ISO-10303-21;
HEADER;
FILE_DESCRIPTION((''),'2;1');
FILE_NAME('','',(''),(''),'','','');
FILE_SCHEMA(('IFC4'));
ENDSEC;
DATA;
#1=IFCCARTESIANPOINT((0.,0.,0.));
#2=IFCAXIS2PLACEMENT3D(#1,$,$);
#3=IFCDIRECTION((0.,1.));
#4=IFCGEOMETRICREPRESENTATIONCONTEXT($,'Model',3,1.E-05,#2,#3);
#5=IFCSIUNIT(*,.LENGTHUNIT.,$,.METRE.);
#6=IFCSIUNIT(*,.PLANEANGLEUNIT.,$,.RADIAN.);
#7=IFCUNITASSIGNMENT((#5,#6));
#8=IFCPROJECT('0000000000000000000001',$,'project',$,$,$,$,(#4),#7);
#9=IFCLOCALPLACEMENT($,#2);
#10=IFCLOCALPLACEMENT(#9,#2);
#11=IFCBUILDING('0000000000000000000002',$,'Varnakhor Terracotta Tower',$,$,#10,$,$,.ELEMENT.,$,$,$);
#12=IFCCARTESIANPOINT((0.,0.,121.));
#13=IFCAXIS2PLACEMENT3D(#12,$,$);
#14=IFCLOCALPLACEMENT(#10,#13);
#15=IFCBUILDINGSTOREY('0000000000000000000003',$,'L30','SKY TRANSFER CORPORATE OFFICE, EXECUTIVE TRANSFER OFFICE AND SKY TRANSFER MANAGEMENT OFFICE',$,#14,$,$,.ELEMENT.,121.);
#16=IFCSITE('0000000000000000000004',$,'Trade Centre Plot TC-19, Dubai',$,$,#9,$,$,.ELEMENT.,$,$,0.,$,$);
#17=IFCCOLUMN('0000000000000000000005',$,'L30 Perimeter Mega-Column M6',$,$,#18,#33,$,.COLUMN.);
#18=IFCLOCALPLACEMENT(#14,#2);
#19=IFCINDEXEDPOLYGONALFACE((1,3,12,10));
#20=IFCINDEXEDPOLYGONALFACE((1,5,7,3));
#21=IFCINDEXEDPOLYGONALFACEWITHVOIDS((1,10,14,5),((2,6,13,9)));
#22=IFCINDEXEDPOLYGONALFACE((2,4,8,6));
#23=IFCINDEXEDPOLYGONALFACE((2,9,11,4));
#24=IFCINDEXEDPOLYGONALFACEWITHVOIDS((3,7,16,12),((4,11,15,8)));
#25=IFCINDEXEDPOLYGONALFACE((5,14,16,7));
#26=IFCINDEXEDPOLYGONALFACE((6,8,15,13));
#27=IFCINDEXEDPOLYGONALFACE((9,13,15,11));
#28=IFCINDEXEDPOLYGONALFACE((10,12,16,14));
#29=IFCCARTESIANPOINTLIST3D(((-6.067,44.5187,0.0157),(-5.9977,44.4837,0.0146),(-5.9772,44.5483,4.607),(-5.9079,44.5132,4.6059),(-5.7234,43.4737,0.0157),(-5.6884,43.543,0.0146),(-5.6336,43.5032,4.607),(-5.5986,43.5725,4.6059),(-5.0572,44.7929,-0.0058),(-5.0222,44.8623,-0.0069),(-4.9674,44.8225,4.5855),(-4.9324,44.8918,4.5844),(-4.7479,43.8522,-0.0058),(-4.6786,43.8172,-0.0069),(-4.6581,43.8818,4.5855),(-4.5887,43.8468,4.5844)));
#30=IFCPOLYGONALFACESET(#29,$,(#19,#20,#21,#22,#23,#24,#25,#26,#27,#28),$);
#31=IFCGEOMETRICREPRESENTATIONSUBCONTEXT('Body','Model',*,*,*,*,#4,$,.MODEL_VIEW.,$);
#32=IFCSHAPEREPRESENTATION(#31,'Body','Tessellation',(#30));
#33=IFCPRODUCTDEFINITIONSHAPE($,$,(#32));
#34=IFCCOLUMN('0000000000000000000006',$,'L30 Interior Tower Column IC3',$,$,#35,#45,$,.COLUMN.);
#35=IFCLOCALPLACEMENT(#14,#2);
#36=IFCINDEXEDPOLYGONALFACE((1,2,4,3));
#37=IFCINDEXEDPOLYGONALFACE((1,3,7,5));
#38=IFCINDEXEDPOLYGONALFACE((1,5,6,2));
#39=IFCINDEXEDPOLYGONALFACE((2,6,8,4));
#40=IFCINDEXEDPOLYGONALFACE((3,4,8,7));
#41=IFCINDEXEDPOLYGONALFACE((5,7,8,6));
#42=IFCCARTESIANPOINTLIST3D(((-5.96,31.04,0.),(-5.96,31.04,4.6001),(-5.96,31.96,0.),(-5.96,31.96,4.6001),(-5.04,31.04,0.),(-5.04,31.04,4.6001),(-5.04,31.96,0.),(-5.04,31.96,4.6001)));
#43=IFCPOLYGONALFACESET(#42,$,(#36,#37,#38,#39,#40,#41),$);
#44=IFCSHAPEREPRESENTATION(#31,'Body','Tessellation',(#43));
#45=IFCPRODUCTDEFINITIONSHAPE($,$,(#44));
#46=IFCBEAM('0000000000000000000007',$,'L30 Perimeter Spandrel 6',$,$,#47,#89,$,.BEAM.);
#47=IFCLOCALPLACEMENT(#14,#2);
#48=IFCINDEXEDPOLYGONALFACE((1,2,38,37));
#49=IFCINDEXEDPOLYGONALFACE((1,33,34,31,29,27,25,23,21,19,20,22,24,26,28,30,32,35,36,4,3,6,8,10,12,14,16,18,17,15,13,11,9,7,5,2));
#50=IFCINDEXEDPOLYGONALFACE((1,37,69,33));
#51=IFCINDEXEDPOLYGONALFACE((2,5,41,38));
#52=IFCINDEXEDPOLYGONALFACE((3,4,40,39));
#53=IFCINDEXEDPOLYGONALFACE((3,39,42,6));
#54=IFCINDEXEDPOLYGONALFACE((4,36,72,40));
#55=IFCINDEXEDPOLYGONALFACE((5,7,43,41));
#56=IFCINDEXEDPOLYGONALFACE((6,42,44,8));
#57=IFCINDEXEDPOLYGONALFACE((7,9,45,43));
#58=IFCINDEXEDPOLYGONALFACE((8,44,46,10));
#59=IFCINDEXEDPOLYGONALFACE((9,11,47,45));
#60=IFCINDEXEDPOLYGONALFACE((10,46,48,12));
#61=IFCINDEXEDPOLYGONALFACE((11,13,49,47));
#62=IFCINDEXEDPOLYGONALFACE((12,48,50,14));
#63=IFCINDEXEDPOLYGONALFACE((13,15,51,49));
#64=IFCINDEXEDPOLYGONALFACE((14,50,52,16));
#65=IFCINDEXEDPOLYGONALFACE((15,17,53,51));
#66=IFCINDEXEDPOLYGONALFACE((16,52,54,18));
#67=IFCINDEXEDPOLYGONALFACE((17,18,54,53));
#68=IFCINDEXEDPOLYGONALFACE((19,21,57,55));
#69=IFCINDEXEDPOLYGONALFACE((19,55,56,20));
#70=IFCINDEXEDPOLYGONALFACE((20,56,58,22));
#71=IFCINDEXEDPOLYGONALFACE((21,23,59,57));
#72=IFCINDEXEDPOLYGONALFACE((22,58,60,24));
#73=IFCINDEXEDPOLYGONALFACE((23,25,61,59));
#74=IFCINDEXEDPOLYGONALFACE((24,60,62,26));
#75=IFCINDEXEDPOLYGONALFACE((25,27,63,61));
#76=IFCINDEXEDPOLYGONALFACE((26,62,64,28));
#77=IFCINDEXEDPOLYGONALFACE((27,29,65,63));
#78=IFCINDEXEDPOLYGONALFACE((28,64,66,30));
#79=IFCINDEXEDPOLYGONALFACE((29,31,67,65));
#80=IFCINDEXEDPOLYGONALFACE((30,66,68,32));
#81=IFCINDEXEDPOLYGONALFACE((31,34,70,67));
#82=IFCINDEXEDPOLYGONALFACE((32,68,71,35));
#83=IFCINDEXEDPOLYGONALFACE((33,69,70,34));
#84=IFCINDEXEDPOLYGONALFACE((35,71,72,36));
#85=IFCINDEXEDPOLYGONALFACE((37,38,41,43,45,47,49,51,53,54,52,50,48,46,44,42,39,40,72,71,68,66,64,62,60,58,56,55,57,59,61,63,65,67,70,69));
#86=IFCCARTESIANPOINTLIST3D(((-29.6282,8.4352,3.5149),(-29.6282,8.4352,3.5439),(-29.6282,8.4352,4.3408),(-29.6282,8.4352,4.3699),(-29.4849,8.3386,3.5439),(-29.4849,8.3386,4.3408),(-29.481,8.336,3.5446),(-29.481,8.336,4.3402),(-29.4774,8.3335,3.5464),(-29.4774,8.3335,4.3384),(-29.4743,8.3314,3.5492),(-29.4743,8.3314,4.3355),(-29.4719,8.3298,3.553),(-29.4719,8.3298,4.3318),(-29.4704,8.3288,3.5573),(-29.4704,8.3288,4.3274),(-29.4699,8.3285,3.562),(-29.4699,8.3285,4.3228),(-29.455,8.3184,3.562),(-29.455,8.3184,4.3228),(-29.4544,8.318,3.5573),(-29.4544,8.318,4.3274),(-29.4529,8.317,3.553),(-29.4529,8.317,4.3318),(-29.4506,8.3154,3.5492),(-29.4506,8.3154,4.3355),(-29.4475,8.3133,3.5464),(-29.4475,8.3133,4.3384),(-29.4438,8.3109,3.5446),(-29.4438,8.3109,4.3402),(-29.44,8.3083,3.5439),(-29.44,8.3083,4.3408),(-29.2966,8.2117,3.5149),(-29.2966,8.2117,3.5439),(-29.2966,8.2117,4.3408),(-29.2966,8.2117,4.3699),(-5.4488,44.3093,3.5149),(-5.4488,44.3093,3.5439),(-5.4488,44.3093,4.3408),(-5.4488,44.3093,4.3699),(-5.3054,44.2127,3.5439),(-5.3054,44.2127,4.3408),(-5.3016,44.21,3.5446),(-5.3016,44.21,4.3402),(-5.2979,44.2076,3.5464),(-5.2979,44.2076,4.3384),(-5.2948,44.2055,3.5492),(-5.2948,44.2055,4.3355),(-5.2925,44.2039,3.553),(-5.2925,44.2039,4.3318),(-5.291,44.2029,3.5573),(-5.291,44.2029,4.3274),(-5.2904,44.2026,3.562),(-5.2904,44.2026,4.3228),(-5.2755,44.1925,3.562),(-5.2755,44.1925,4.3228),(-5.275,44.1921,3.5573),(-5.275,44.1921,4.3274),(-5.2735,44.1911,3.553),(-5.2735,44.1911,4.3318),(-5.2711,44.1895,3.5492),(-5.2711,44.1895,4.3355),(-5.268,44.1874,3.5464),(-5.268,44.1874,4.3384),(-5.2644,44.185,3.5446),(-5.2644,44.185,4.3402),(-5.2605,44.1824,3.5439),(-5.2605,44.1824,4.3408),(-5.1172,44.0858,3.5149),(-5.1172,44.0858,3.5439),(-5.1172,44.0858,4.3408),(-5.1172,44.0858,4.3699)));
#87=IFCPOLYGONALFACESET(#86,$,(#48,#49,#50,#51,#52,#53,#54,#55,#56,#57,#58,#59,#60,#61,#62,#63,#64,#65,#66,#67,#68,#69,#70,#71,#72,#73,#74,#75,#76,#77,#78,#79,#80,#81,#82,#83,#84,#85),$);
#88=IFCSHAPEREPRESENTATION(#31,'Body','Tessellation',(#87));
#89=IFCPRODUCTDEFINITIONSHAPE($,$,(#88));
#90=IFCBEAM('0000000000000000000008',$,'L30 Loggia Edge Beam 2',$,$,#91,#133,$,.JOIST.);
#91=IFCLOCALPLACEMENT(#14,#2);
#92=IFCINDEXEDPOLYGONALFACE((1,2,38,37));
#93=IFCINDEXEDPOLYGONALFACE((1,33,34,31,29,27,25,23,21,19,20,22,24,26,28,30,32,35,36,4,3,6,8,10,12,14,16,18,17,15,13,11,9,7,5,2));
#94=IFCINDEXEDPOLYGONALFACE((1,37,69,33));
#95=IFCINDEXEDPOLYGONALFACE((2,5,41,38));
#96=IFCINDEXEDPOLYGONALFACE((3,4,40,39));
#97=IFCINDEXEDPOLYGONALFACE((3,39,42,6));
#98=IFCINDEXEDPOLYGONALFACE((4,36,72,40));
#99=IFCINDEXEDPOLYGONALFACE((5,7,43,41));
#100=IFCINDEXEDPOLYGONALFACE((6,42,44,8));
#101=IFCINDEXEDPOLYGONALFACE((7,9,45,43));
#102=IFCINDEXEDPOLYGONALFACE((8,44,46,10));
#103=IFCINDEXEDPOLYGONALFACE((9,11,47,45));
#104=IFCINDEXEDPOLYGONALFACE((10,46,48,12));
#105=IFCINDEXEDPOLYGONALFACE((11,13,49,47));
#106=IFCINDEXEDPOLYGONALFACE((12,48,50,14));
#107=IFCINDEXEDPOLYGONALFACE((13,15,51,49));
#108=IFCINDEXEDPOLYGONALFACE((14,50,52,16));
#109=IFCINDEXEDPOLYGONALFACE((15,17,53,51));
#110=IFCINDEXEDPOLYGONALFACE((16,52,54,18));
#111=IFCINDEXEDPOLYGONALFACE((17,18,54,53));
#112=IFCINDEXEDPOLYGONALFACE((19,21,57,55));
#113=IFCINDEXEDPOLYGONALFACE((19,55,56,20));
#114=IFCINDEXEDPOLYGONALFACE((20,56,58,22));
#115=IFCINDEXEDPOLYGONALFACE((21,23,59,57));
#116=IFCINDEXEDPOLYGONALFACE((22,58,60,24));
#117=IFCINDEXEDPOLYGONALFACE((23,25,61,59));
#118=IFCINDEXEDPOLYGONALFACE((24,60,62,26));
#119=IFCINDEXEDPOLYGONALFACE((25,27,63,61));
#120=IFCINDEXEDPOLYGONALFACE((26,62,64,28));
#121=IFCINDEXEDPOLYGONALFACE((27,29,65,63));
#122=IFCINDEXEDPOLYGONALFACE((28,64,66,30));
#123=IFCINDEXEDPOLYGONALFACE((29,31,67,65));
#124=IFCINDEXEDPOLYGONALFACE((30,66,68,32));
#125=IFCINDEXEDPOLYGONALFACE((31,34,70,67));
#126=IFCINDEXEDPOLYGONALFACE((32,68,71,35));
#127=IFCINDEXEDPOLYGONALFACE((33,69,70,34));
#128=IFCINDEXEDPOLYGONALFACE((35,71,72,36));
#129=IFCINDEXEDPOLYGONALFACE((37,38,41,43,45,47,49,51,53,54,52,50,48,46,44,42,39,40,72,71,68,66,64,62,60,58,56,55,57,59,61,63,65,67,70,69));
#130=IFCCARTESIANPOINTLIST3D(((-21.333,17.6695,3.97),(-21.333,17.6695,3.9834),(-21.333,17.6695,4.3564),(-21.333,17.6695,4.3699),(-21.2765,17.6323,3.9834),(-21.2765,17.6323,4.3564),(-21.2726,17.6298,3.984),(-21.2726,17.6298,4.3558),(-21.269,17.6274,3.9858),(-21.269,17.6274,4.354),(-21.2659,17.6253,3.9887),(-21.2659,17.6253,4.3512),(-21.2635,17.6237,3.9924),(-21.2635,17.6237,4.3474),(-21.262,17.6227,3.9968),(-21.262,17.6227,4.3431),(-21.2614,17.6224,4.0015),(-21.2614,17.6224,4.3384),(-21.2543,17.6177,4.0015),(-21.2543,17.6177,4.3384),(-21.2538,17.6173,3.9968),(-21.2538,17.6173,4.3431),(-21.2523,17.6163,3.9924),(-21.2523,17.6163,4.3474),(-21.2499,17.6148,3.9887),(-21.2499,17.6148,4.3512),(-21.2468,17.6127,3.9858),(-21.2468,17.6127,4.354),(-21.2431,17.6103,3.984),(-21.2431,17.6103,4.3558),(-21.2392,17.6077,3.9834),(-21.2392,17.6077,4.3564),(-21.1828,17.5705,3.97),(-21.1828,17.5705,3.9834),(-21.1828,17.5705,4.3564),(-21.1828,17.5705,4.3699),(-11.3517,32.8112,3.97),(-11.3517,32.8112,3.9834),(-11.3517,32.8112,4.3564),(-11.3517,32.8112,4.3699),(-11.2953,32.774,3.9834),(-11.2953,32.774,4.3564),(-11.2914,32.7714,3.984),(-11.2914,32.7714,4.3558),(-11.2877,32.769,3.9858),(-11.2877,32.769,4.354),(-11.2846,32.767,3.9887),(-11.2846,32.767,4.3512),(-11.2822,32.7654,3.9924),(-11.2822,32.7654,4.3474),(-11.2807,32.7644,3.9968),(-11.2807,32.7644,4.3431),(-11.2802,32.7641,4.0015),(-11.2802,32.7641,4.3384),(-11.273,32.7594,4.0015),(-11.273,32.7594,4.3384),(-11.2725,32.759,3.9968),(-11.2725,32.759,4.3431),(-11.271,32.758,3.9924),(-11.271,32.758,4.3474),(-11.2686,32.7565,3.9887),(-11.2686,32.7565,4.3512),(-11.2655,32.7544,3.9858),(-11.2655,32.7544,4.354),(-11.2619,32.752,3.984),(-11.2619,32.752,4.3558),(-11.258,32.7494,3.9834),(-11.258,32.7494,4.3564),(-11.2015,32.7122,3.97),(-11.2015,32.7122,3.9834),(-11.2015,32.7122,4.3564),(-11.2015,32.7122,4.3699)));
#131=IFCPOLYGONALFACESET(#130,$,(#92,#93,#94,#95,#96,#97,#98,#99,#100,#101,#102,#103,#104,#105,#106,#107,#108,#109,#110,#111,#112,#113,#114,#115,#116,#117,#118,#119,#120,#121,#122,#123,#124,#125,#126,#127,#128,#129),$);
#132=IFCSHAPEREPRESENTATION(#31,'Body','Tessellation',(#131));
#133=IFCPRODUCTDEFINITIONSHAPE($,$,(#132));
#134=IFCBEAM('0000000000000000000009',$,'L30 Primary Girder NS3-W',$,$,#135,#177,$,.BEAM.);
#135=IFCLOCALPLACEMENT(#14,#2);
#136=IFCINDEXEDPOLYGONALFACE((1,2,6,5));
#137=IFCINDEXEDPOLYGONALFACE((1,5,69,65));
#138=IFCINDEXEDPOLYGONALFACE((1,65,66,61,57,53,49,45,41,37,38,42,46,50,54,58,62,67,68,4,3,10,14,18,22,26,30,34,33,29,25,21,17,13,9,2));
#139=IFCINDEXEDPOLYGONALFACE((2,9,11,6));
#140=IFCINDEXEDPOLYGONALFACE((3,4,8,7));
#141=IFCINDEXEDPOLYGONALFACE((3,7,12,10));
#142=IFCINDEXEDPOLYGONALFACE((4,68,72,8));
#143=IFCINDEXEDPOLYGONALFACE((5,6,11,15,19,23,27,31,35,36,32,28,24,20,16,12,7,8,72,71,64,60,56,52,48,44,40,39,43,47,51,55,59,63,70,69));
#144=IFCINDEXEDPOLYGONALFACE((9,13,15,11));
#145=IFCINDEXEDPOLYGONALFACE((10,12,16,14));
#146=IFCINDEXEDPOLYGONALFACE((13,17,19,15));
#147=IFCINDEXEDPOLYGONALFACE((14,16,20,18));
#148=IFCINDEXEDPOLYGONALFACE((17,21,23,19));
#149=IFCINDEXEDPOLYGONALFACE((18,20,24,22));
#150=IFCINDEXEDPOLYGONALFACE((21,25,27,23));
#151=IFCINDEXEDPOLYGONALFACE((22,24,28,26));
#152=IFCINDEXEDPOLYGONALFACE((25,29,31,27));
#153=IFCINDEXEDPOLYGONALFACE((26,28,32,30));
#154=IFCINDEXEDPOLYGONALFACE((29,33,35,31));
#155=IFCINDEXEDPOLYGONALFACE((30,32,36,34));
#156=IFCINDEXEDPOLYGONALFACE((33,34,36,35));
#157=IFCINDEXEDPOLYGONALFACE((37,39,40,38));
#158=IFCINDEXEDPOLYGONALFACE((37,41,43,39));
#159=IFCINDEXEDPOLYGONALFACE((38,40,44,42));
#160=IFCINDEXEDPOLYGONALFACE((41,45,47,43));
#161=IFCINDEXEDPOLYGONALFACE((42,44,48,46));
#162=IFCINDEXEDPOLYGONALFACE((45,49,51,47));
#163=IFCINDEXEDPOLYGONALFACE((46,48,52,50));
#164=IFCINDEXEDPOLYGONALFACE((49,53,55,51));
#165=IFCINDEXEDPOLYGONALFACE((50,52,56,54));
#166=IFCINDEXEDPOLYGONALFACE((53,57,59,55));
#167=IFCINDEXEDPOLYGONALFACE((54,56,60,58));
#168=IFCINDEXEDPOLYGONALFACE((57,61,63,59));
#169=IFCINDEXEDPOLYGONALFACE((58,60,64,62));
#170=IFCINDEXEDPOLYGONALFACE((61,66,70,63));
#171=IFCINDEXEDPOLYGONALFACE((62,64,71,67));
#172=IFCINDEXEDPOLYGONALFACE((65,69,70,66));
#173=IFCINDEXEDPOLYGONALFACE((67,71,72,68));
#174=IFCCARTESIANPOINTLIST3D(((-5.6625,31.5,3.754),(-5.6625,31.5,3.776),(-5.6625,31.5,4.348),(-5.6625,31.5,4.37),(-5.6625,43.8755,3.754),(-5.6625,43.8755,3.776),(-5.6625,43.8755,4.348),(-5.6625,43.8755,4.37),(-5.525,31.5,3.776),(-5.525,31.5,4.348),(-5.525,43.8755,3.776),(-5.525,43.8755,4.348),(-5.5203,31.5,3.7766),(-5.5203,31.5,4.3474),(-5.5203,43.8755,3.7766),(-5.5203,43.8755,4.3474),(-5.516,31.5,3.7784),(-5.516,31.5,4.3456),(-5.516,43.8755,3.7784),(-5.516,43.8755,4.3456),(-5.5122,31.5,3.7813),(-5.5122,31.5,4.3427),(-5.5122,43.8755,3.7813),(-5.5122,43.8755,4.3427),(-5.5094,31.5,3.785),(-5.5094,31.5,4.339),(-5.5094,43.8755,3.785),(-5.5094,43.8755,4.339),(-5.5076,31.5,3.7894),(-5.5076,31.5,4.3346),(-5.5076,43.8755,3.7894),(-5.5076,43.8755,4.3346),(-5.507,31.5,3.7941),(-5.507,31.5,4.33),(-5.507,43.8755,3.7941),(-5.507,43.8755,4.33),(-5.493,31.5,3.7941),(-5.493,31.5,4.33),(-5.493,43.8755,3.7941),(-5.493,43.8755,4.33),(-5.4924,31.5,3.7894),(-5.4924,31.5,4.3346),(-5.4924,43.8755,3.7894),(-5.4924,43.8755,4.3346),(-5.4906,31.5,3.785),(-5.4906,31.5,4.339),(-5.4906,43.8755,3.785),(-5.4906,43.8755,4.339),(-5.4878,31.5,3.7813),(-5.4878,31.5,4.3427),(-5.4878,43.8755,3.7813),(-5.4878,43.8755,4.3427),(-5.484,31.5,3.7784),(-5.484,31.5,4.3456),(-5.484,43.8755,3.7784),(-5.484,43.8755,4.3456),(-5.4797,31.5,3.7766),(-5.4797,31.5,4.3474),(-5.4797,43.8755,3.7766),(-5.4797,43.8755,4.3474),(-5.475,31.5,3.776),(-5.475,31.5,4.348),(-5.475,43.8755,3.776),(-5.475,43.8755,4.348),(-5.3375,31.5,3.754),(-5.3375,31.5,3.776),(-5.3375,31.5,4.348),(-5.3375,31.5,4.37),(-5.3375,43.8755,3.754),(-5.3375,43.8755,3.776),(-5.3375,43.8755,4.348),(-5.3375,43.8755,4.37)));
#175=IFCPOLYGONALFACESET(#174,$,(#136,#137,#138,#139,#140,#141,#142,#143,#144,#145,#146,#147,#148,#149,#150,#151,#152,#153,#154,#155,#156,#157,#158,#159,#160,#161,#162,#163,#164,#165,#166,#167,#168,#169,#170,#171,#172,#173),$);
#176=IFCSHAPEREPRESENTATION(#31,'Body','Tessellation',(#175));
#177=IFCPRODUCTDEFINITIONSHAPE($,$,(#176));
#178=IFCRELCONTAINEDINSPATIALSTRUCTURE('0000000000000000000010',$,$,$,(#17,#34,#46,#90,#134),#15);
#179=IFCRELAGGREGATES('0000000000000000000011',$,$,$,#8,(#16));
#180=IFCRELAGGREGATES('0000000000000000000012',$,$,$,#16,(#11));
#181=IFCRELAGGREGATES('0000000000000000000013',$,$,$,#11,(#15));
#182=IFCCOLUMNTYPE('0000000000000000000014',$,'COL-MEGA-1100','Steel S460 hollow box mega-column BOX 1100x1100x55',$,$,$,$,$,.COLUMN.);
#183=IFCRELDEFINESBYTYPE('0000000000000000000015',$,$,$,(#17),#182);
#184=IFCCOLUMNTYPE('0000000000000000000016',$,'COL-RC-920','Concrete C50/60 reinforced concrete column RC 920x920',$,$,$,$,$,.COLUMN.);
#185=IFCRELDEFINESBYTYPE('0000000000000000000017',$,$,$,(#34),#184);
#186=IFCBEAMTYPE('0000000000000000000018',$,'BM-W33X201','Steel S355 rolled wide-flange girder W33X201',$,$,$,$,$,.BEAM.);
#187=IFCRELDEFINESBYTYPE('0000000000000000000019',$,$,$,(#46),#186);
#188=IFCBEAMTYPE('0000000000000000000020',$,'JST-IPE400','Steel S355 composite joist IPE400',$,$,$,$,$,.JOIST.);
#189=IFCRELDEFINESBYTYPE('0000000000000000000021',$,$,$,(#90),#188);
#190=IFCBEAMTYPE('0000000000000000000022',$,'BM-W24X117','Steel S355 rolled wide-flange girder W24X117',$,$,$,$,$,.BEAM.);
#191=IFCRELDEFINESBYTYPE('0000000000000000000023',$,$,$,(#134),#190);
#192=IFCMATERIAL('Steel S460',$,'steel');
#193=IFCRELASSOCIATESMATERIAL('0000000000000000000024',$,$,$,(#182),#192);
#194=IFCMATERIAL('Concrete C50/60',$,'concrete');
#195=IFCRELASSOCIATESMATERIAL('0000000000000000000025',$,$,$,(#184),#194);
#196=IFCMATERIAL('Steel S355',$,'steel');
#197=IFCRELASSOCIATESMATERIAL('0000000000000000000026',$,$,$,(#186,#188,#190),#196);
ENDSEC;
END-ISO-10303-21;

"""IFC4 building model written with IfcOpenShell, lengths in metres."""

from ifc_helpers import new_model, si_unit, direction, frame, origin, origin_2d, place, context, subcontext, project, spatial, rectangle, hollow_rectangle, i_section, extrude, source, transform, mapped, material, material_profile, profile_set, type_object, type_shapes, element, save


model = new_model("IFC4")

# Units and contexts
model_context = context("Model", 3, precision=1e-05, world=origin(), true_north=direction((0.0, 1.0)))
body_context = subcontext(model_context, "Body", "Model", "MODEL_VIEW")
ifc_project = project(units=[si_unit("LENGTHUNIT", "METRE"), si_unit("PLANEANGLEUNIT", "RADIAN")], contexts=[model_context])

# Site, building, storey
site_placement = place(None, origin())
site = spatial("IfcSite", under=ifc_project, at=site_placement, Name="Trade Centre Plot TC-19, Dubai", CompositionType="ELEMENT", RefElevation=0.0)
building_placement = place(site_placement, origin())
building = spatial("IfcBuilding", under=site, at=building_placement, Name="Varnakhor Terracotta Tower", CompositionType="ELEMENT")
storey_placement = place(building_placement, frame((0.0, 0.0, 121.0)))
storey = spatial("IfcBuildingStorey", under=building, at=storey_placement, Name="L30", Description="SKY TRANSFER CORPORATE OFFICE, EXECUTIVE TRANSFER OFFICE AND SKY TRANSFER MANAGEMENT OFFICE", CompositionType="ELEMENT", Elevation=121.0)

# Columns
ifc_material_1 = material(Name="Steel S460", Category="steel")
ifc_material_profile_1 = material_profile(ifc_material_1, hollow_rectangle(XDim=1.1001, YDim=1.1001, WallThickness=0.0549, at=origin_2d()), Name="BOX 1100x1100x55")
ifc_profile_set_1 = profile_set([ifc_material_profile_1], Name="Steel S460")
column_type_1 = type_object("IfcColumnType", Name="COL-MEGA-1100", Description="Steel S460 hollow box mega-column BOX 1100x1100x55", PredefinedType="COLUMN", material=ifc_profile_set_1)
shared_shape_1 = source(origin(), body_context, "Body", "SweptSolid", [
    extrude(hollow_rectangle(XDim=1.1001, YDim=1.1001, WallThickness=0.0549, at=origin_2d()), origin(), (0.0, 0.0, 1.0), 4.5923),
])
column_1_placement = place(storey_placement, frame((-5.3728, 44.168, 0.0044), z_axis=(0.019564, 0.006433, 0.999788), x_axis=(-0.312353, 0.949966, 0.0)))
element("IfcColumn", 1, at=column_1_placement, inside=storey, type_object=column_type_1, Name="L30 Perimeter Mega-Column M6", PredefinedType="COLUMN", context=body_context, shape_type="MappedRepresentation", body=[
    mapped(shared_shape_1, transform((0.0, 0.0, 0.0), scale=1.0)),
])
ifc_material_2 = material(Name="Concrete C50/60", Category="concrete")
ifc_material_profile_2 = material_profile(ifc_material_2, rectangle(XDim=0.9199, YDim=0.9199, at=origin_2d()), Name="RC 920x920")
ifc_profile_set_2 = profile_set([ifc_material_profile_2], Name="Concrete C50/60")
column_type_2 = type_object("IfcColumnType", Name="COL-RC-920", Description="Concrete C50/60 reinforced concrete column RC 920x920", PredefinedType="COLUMN", material=ifc_profile_set_2)
shared_shape_2 = source(origin(), body_context, "Body", "SweptSolid", [
    extrude(rectangle(XDim=0.9199, YDim=0.9199, at=origin_2d()), origin(), (0.0, 0.0, 1.0), 4.6001),
])
type_shapes(column_type_2, [shared_shape_2])
column_2_placement = place(storey_placement, frame((-5.5, 31.5, 0.0), z_axis=(0.0, 0.0, 1.0), x_axis=(1.0, 0.0, 0.0)))
element("IfcColumn", 2, at=column_2_placement, inside=storey, type_object=column_type_2, Name="L30 Interior Tower Column IC3", PredefinedType="COLUMN", context=body_context, shape_type="MappedRepresentation", body=[
    mapped(shared_shape_2, transform((0.0, 0.0, 0.0), scale=1.0)),
])

# Beams
ifc_material_3 = material(Name="Steel S355", Category="steel")
ifc_material_profile_3 = material_profile(ifc_material_3, i_section(OverallWidth=0.3999, OverallDepth=0.855, WebThickness=0.0181, FlangeThickness=0.0291, FilletRadius=0.0181, at=origin_2d()), Name="W33X201")
ifc_profile_set_3 = profile_set([ifc_material_profile_3], Name="Steel S355")
beam_type_1 = type_object("IfcBeamType", Name="BM-W33X201", Description="Steel S355 rolled wide-flange girder W33X201", PredefinedType="BEAM", material=ifc_profile_set_3)
shared_shape_3 = source(origin(), body_context, "Body", "SweptSolid", [
    extrude(i_section(OverallWidth=0.3999, OverallDepth=0.855, WebThickness=0.0181, FlangeThickness=0.0291, FilletRadius=0.0181, at=origin_2d()), origin(), (0.0, 0.0, 1.0), 43.262),
])
beam_1_placement = place(storey_placement, frame((-5.283, 44.1975, 3.9424), z_axis=(-0.558909, -0.829229, 0.0), x_axis=(0.829229, -0.558909, 0.0)))
element("IfcBeam", 3, at=beam_1_placement, inside=storey, type_object=beam_type_1, Name="L30 Perimeter Spandrel 6", PredefinedType="BEAM", context=body_context, shape_type="MappedRepresentation", body=[
    mapped(shared_shape_3, transform((0.0, 0.0, 0.0), scale=1.0)),
])
ifc_material_profile_4 = material_profile(ifc_material_3, i_section(OverallWidth=0.1799, OverallDepth=0.3999, WebThickness=0.0085, FlangeThickness=0.0134, FilletRadius=0.0181, at=origin_2d()), Name="IPE400")
ifc_profile_set_4 = profile_set([ifc_material_profile_4], Name="Steel S355")
beam_type_2 = type_object("IfcBeamType", Name="JST-IPE400", Description="Steel S355 composite joist IPE400", PredefinedType="JOIST", material=ifc_profile_set_4)
shared_shape_4 = source(origin(), body_context, "Body", "SweptSolid", [
    extrude(i_section(OverallWidth=0.1799, OverallDepth=0.3999, WebThickness=0.0085, FlangeThickness=0.0134, FilletRadius=0.0181, at=origin_2d()), origin(), (0.0, 0.0, 1.0), 18.1355),
])
beam_2_placement = place(storey_placement, frame((-11.2766, 32.7617, 4.1699), z_axis=(-0.550371, -0.83492, 0.0), x_axis=(0.83492, -0.550371, 0.0)))
element("IfcBeam", 4, at=beam_2_placement, inside=storey, type_object=beam_type_2, Name="L30 Loggia Edge Beam 2", PredefinedType="JOIST", context=body_context, shape_type="MappedRepresentation", body=[
    mapped(shared_shape_4, transform((0.0, 0.0, 0.0), scale=1.0)),
])
ifc_material_profile_5 = material_profile(ifc_material_3, i_section(OverallWidth=0.325, OverallDepth=0.616, WebThickness=0.0139, FlangeThickness=0.022, FilletRadius=0.0181, at=origin_2d()), Name="W24X117")
ifc_profile_set_5 = profile_set([ifc_material_profile_5], Name="Steel S355")
beam_type_3 = type_object("IfcBeamType", Name="BM-W24X117", Description="Steel S355 rolled wide-flange girder W24X117", PredefinedType="BEAM", material=ifc_profile_set_5)
shared_shape_5 = source(origin(), body_context, "Body", "SweptSolid", [
    extrude(i_section(OverallWidth=0.325, OverallDepth=0.616, WebThickness=0.0139, FlangeThickness=0.022, FilletRadius=0.0181, at=origin_2d()), origin(), (0.0, 0.0, 1.0), 12.3755),
])
beam_3_placement = place(storey_placement, frame((-5.5, 31.5, 4.062), z_axis=(0.0, 1.0, 0.0), x_axis=(-1.0, 0.0, 0.0)))
element("IfcBeam", 5, at=beam_3_placement, inside=storey, type_object=beam_type_3, Name="L30 Primary Girder NS3-W", PredefinedType="BEAM", context=body_context, shape_type="MappedRepresentation", body=[
    mapped(shared_shape_5, transform((0.0, 0.0, 0.0), scale=1.0)),
])

save(model, "model.ifc")
